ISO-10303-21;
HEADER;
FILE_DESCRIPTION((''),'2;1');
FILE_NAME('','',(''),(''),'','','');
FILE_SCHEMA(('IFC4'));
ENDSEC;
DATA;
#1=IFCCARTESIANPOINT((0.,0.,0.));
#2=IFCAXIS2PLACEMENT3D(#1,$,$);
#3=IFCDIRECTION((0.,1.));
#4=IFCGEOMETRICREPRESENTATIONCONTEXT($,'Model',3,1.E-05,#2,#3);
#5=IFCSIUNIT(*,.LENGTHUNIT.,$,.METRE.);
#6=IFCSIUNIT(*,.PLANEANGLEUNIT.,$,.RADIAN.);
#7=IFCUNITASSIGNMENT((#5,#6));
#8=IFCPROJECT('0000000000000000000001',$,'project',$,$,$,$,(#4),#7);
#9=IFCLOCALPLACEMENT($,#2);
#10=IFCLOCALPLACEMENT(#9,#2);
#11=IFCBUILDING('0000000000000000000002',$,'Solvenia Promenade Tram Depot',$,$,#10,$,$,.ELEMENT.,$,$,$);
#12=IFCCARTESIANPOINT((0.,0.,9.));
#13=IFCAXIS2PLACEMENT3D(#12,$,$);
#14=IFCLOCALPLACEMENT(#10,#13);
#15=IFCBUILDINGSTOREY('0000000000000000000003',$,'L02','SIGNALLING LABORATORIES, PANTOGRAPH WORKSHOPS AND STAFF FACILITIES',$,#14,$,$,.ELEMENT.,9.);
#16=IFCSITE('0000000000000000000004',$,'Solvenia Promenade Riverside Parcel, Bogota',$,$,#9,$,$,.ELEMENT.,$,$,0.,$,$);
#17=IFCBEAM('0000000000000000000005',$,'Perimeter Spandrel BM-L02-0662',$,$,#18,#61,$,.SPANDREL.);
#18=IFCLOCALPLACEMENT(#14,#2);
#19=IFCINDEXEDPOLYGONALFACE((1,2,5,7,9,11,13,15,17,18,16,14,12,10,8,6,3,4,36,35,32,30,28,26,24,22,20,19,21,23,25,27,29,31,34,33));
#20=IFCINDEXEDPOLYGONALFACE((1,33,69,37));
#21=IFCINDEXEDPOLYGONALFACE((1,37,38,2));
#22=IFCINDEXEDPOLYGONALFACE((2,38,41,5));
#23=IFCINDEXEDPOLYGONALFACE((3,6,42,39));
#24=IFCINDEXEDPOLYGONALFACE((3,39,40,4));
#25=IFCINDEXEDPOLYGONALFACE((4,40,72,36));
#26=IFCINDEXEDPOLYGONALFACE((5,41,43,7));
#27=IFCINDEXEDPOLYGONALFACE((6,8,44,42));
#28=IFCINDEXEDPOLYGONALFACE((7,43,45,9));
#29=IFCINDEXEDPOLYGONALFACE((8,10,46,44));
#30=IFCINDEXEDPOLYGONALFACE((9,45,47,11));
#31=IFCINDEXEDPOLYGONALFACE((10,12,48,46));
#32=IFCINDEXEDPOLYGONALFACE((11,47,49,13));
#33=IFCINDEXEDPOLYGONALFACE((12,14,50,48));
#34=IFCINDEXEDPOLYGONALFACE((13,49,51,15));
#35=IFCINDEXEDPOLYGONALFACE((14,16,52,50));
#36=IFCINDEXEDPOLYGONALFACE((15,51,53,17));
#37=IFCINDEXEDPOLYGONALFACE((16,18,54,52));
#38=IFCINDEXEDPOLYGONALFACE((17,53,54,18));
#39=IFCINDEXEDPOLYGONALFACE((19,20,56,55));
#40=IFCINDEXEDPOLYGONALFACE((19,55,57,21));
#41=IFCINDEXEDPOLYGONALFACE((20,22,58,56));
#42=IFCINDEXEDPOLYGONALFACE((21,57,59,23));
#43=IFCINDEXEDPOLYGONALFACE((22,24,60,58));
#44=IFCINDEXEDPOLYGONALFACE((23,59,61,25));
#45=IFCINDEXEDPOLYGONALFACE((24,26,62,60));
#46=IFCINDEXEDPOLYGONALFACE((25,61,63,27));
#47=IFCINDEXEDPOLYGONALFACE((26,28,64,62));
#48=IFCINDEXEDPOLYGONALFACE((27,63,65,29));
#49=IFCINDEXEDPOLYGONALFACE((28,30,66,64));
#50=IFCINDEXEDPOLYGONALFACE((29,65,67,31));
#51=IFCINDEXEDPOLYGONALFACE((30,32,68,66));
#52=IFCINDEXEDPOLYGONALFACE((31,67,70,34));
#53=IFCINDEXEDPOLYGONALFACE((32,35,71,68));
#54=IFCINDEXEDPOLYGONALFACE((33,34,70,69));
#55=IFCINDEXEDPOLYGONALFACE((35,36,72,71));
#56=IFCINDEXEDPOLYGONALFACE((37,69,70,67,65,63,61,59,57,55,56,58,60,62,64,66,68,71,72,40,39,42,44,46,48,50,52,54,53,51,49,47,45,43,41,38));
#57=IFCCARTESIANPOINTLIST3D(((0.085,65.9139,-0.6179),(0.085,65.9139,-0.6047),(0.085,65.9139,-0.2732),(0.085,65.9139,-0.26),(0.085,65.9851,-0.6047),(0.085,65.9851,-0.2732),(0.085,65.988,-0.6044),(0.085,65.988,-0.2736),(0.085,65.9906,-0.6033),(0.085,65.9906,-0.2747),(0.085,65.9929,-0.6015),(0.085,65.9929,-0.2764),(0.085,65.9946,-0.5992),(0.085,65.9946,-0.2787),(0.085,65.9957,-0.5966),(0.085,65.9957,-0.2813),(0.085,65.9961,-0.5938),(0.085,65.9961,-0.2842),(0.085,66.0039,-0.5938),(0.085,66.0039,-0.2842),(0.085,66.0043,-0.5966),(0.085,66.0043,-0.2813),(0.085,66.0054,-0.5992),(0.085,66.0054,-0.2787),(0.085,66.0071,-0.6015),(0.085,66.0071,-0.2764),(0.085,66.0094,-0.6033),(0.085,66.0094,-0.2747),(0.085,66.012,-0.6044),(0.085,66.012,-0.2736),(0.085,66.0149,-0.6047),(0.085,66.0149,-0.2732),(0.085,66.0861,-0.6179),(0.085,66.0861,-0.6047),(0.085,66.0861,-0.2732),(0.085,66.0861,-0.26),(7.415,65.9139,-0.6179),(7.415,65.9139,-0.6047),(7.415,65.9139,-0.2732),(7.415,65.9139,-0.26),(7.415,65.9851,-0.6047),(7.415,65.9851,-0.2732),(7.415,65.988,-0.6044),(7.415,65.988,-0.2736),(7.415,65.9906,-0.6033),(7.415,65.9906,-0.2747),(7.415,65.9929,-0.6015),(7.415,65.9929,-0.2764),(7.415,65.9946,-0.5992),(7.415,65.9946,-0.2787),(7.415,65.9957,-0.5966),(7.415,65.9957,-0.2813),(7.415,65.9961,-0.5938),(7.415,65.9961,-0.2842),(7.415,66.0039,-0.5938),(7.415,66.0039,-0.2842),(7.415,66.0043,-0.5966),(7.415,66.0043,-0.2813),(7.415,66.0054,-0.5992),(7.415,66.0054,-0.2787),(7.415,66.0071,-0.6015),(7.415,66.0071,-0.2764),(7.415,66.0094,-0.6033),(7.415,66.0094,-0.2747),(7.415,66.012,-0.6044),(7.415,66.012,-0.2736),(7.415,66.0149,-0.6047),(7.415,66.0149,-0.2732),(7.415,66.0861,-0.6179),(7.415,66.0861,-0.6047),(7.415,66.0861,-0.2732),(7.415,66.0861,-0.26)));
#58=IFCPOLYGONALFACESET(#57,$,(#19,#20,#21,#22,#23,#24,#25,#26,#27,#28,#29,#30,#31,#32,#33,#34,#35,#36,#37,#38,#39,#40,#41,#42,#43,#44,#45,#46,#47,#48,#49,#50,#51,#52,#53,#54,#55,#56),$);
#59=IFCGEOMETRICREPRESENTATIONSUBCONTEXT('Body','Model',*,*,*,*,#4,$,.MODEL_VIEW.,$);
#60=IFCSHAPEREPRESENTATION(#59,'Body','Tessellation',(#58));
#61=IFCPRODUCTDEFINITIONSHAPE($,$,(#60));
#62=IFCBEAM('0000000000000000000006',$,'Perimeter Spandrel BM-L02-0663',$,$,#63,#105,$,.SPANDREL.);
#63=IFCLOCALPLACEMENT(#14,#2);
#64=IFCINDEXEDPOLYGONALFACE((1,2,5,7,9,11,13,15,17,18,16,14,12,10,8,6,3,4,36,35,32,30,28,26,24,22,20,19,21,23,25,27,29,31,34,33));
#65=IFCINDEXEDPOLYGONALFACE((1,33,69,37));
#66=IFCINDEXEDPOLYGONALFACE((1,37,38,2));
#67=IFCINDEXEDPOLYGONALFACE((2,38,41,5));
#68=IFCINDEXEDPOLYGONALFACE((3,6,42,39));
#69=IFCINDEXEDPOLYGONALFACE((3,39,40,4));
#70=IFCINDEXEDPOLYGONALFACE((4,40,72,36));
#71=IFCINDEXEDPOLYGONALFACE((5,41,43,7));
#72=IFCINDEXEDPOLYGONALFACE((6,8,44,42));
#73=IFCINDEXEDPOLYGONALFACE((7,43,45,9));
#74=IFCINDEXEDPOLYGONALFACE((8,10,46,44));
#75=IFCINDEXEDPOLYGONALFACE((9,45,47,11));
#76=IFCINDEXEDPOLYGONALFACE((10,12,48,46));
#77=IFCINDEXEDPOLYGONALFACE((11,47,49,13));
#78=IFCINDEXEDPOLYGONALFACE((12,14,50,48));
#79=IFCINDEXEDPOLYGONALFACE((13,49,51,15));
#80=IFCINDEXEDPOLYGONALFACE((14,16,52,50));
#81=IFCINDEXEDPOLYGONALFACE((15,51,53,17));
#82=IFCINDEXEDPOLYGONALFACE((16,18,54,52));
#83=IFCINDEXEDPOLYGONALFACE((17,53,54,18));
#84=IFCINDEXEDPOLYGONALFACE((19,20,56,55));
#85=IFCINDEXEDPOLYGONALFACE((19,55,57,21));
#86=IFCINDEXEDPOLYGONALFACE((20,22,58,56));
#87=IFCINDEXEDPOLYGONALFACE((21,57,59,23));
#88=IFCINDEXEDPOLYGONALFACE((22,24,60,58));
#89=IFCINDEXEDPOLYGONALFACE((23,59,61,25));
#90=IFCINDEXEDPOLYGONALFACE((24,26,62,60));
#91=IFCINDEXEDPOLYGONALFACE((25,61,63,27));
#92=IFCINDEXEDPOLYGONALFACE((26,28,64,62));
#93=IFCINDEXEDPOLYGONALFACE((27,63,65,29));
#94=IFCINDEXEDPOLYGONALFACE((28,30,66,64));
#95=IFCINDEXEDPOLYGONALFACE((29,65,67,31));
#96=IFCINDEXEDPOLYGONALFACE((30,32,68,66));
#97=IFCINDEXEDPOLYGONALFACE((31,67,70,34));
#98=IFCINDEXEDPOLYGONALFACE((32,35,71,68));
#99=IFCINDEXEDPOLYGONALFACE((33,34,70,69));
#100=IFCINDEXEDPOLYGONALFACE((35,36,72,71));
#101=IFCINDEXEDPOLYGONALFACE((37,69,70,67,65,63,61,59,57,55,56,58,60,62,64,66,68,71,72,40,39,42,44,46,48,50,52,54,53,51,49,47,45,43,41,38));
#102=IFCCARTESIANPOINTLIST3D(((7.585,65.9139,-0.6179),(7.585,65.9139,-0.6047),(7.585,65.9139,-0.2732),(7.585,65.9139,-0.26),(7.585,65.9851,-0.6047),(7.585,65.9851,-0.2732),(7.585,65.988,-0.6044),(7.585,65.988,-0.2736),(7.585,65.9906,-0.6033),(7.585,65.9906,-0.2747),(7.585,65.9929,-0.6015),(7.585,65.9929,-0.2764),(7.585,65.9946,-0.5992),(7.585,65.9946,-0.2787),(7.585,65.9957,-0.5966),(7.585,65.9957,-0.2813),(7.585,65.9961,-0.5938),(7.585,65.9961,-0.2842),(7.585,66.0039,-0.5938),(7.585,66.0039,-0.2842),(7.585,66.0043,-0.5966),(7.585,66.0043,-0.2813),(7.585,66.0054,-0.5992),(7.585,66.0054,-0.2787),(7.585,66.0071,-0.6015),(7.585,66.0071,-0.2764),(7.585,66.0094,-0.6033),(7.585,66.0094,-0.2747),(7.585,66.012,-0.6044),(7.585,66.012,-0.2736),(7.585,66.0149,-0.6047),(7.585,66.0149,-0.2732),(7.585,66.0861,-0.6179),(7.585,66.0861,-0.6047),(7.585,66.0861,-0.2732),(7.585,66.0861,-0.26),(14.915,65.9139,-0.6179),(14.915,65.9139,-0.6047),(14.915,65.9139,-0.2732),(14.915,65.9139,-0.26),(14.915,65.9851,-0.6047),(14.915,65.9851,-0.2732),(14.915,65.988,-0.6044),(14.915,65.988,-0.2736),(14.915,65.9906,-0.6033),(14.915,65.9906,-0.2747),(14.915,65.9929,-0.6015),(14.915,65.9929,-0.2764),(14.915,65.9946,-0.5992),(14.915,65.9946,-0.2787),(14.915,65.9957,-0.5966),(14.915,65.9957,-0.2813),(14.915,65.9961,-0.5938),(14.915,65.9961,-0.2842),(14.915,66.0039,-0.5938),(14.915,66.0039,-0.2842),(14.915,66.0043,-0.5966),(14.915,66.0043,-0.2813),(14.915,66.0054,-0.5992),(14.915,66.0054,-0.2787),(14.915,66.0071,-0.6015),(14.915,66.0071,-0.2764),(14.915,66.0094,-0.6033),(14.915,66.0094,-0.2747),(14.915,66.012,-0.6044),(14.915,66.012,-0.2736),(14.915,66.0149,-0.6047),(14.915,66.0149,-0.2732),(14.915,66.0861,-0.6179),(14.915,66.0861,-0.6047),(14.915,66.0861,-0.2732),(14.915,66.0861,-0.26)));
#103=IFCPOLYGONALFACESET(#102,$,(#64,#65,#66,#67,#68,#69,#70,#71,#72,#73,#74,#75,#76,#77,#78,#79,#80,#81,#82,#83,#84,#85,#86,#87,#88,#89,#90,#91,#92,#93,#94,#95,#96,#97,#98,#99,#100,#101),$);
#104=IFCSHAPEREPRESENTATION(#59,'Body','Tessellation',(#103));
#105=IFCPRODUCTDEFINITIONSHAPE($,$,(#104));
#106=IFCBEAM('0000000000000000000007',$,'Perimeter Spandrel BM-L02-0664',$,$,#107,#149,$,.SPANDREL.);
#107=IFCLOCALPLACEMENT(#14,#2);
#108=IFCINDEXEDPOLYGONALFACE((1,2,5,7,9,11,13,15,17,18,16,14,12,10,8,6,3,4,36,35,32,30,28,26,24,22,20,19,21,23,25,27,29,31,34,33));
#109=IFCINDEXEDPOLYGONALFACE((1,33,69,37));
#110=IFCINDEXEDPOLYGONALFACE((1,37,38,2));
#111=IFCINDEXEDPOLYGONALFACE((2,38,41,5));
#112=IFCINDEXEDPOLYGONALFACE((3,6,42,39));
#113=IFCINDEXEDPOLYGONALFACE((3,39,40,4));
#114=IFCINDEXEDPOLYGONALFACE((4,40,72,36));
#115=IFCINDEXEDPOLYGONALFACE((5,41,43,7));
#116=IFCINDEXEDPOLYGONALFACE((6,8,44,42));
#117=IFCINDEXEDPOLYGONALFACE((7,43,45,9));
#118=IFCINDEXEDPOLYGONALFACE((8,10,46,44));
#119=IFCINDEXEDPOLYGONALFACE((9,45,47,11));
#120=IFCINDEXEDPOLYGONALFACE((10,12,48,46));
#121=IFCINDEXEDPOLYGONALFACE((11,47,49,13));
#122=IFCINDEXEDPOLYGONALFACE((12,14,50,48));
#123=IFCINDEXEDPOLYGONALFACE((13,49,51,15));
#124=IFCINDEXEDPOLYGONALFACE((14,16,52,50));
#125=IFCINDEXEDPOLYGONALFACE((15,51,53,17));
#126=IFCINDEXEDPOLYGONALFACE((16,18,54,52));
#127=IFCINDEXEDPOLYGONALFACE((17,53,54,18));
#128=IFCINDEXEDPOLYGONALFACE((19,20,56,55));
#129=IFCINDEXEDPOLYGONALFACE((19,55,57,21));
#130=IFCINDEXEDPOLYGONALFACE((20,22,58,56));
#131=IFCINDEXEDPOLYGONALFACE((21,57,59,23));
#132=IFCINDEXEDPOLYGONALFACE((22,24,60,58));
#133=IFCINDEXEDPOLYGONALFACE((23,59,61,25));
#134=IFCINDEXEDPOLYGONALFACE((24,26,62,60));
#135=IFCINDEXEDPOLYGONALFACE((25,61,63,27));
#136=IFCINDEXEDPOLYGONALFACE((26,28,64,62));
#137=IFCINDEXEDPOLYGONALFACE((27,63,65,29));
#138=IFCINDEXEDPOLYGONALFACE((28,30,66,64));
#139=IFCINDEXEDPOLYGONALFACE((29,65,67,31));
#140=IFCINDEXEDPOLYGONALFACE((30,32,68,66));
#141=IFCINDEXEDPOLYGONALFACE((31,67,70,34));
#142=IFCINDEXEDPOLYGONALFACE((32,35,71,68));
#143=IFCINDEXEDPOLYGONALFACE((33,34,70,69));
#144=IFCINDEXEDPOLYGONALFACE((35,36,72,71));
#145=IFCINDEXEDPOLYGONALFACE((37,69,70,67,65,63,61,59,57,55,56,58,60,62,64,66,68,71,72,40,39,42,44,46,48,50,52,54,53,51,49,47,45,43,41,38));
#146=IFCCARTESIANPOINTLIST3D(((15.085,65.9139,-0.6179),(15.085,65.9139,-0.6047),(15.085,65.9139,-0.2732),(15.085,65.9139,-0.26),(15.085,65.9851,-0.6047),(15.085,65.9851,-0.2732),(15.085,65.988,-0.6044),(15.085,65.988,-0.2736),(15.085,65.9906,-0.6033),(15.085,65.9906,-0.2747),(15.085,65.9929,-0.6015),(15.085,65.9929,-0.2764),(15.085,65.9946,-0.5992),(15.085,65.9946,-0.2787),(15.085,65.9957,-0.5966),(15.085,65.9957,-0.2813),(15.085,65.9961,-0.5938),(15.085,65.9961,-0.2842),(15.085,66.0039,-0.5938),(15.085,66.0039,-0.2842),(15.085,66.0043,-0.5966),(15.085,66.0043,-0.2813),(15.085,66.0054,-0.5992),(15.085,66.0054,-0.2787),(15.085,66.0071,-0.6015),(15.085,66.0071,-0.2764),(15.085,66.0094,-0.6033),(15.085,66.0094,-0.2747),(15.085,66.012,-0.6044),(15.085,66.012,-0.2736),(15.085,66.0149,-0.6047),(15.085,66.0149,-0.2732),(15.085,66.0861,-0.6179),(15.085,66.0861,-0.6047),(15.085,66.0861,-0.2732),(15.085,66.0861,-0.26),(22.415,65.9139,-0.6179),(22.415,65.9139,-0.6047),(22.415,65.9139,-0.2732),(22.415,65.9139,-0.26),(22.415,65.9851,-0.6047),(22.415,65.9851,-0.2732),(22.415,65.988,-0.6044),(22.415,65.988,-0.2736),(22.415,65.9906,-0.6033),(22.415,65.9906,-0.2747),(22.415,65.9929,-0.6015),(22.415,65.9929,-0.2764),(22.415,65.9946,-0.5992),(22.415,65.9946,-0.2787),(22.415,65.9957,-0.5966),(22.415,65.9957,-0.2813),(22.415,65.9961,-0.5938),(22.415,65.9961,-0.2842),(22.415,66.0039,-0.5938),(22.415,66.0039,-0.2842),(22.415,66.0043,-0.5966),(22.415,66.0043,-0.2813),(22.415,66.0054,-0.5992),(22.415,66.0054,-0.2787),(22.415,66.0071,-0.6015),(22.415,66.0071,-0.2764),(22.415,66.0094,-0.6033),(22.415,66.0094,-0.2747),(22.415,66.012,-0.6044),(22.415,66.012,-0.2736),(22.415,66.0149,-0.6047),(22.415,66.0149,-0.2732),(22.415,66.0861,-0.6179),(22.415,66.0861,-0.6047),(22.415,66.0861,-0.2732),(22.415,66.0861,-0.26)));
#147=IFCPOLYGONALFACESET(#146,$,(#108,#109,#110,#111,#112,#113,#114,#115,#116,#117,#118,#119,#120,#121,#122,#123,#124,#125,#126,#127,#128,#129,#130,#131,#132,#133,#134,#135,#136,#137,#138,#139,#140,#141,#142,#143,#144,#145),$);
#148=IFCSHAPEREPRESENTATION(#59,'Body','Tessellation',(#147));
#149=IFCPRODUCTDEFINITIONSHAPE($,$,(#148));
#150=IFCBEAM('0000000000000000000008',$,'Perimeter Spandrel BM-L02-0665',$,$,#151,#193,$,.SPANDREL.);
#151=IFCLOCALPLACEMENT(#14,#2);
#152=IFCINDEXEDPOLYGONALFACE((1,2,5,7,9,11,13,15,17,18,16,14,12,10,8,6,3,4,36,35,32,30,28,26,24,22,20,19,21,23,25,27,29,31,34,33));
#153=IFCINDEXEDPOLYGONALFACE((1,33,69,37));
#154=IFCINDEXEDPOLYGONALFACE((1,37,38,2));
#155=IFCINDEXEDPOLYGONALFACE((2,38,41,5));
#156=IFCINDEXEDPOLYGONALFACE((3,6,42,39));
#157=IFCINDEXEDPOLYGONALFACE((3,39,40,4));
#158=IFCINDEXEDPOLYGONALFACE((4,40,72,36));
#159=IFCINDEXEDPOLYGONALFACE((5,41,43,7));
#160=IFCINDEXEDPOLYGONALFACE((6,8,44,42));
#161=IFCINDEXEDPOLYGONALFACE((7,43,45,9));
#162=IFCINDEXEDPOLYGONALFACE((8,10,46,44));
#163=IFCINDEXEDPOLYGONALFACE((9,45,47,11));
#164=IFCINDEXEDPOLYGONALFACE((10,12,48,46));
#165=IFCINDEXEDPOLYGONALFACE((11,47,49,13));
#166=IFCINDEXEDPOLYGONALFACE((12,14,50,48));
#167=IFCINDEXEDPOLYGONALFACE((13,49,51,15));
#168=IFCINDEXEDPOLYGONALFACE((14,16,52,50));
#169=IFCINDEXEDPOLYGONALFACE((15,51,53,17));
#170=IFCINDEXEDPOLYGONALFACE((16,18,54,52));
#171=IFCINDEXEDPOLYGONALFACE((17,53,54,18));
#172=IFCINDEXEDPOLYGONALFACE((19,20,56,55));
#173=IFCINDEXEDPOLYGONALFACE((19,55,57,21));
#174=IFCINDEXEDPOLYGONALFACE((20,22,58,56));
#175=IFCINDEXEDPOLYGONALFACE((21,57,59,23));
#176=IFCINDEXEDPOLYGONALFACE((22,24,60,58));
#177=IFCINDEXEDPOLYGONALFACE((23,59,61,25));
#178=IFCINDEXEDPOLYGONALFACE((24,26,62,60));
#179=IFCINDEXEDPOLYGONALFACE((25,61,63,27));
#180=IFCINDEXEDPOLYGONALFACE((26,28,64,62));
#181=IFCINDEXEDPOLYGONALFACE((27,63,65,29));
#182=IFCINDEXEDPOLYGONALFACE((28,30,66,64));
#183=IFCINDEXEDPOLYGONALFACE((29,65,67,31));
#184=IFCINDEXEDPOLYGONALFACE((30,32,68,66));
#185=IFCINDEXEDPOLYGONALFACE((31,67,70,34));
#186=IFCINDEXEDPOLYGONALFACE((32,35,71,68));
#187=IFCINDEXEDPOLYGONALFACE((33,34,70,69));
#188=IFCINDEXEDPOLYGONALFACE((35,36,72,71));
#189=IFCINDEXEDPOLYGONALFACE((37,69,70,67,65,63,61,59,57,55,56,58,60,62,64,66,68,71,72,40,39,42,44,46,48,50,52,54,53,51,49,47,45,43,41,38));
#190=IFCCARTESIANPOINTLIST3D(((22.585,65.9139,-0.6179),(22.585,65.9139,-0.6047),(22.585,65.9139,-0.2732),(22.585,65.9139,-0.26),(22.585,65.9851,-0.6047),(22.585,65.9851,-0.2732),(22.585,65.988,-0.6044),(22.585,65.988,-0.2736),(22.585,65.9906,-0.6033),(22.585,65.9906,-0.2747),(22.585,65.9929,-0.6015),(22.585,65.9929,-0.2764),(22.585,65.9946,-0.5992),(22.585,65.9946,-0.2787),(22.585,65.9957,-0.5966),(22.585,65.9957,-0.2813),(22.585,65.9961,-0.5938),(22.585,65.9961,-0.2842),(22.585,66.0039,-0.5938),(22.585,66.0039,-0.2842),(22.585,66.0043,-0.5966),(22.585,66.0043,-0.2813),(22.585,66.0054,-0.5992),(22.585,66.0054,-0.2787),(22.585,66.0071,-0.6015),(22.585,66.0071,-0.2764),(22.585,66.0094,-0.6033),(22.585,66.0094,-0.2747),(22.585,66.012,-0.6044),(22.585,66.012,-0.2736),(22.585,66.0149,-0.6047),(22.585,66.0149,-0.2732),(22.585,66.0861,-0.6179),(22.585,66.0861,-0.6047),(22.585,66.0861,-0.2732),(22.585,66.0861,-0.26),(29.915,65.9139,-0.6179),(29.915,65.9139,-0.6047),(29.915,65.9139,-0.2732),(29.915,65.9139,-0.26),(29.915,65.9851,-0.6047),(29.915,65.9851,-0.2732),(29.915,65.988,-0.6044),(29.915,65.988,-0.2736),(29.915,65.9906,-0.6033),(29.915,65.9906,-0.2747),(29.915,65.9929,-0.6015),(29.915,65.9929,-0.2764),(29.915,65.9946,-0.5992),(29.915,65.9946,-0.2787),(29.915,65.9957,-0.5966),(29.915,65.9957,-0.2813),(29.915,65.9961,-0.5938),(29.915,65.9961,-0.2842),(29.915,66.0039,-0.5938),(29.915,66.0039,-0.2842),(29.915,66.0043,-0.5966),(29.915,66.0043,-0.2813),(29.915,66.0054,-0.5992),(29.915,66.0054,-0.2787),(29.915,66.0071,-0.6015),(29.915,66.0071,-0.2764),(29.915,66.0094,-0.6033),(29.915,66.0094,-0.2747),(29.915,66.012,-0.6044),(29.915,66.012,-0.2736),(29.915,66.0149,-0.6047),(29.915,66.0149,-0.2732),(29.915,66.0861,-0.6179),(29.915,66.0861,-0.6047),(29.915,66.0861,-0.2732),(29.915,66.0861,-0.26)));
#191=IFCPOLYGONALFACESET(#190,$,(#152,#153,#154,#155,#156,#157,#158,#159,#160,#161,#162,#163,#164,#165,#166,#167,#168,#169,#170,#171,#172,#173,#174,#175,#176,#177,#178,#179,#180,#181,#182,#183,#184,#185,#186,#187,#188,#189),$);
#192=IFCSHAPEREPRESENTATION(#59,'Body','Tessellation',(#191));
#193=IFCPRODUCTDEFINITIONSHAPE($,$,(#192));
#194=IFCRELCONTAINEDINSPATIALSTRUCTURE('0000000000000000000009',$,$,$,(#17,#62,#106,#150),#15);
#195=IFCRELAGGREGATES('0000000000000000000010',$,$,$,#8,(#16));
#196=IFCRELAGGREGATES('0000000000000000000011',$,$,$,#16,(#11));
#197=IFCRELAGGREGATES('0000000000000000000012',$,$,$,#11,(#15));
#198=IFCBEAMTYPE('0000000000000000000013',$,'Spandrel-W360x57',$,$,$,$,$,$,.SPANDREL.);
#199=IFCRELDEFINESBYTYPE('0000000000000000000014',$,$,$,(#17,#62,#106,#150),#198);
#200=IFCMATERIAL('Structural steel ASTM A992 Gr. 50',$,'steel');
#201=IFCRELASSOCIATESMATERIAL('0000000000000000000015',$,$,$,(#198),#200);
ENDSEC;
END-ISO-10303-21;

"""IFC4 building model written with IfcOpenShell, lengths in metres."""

from ifc_helpers import new_model, si_unit, direction, frame, origin, origin_2d, place, context, subcontext, project, spatial, i_section, extrude, material, material_profile, profile_set, type_object, element, save


model = new_model("IFC4")

# Units and contexts
model_context = context("Model", 3, precision=1e-05, world=origin(), true_north=direction((0.0, 1.0)))
body_context = subcontext(model_context, "Body", "Model", "MODEL_VIEW")
ifc_project = project(units=[si_unit("LENGTHUNIT", "METRE"), si_unit("PLANEANGLEUNIT", "RADIAN")], contexts=[model_context])

# Site, building, storey
site_placement = place(None, origin())
site = spatial("IfcSite", under=ifc_project, at=site_placement, Name="Solvenia Promenade Riverside Parcel, Bogota", CompositionType="ELEMENT", RefElevation=0.0)
building_placement = place(site_placement, origin())
building = spatial("IfcBuilding", under=site, at=building_placement, Name="Solvenia Promenade Tram Depot", CompositionType="ELEMENT")
storey_placement = place(building_placement, frame((0.0, 0.0, 9.0)))
storey = spatial("IfcBuildingStorey", under=building, at=storey_placement, Name="L02", Description="SIGNALLING LABORATORIES, PANTOGRAPH WORKSHOPS AND STAFF FACILITIES", CompositionType="ELEMENT", Elevation=9.0)

# Beams
ifc_material = material(Name="Structural steel ASTM A992 Gr. 50", Category="steel")
ifc_material_profile_1 = material_profile(ifc_material, i_section(OverallWidth=0.1721, OverallDepth=0.3579, WebThickness=0.0078, FlangeThickness=0.0132, FilletRadius=0.011, at=origin_2d()), Name="W360x57", Category="steel")
ifc_profile_set_1 = profile_set([ifc_material_profile_1], Name="Structural steel ASTM A992 Gr. 50")
beam_type_1 = type_object("IfcBeamType", Name="Spandrel-W360x57", PredefinedType="SPANDREL", material=ifc_profile_set_1)
for number, where, z_axis, x_axis, name in (
    (1, (0.085, 66.0, -0.439), (1.0, 0.0, 0.0), (0.0, 1.0, 0.0), "Perimeter Spandrel BM-L02-0662"),
    (2, (7.585, 66.0, -0.439), (1.0, 0.0, 0.0), (0.0, 1.0, 0.0), "Perimeter Spandrel BM-L02-0663"),
    (3, (15.085, 66.0, -0.439), (1.0, 0.0, 0.0), (0.0, 1.0, 0.0), "Perimeter Spandrel BM-L02-0664"),
    (4, (22.585, 66.0, -0.439), (1.0, 0.0, 0.0), (0.0, 1.0, 0.0), "Perimeter Spandrel BM-L02-0665"),
):
    element("IfcBeam", number, at=place(storey_placement, frame(where, z_axis=z_axis, x_axis=x_axis)), inside=storey, type_object=beam_type_1, Name=name, PredefinedType="SPANDREL", context=body_context, shape_type="SweptSolid", body=[
        extrude(i_section(OverallWidth=0.1721, OverallDepth=0.3579, WebThickness=0.0078, FlangeThickness=0.0132, FilletRadius=0.011, at=origin_2d()), origin(), (0.0, 0.0, 1.0), 7.3301),
    ])

save(model, "model.ifc")
